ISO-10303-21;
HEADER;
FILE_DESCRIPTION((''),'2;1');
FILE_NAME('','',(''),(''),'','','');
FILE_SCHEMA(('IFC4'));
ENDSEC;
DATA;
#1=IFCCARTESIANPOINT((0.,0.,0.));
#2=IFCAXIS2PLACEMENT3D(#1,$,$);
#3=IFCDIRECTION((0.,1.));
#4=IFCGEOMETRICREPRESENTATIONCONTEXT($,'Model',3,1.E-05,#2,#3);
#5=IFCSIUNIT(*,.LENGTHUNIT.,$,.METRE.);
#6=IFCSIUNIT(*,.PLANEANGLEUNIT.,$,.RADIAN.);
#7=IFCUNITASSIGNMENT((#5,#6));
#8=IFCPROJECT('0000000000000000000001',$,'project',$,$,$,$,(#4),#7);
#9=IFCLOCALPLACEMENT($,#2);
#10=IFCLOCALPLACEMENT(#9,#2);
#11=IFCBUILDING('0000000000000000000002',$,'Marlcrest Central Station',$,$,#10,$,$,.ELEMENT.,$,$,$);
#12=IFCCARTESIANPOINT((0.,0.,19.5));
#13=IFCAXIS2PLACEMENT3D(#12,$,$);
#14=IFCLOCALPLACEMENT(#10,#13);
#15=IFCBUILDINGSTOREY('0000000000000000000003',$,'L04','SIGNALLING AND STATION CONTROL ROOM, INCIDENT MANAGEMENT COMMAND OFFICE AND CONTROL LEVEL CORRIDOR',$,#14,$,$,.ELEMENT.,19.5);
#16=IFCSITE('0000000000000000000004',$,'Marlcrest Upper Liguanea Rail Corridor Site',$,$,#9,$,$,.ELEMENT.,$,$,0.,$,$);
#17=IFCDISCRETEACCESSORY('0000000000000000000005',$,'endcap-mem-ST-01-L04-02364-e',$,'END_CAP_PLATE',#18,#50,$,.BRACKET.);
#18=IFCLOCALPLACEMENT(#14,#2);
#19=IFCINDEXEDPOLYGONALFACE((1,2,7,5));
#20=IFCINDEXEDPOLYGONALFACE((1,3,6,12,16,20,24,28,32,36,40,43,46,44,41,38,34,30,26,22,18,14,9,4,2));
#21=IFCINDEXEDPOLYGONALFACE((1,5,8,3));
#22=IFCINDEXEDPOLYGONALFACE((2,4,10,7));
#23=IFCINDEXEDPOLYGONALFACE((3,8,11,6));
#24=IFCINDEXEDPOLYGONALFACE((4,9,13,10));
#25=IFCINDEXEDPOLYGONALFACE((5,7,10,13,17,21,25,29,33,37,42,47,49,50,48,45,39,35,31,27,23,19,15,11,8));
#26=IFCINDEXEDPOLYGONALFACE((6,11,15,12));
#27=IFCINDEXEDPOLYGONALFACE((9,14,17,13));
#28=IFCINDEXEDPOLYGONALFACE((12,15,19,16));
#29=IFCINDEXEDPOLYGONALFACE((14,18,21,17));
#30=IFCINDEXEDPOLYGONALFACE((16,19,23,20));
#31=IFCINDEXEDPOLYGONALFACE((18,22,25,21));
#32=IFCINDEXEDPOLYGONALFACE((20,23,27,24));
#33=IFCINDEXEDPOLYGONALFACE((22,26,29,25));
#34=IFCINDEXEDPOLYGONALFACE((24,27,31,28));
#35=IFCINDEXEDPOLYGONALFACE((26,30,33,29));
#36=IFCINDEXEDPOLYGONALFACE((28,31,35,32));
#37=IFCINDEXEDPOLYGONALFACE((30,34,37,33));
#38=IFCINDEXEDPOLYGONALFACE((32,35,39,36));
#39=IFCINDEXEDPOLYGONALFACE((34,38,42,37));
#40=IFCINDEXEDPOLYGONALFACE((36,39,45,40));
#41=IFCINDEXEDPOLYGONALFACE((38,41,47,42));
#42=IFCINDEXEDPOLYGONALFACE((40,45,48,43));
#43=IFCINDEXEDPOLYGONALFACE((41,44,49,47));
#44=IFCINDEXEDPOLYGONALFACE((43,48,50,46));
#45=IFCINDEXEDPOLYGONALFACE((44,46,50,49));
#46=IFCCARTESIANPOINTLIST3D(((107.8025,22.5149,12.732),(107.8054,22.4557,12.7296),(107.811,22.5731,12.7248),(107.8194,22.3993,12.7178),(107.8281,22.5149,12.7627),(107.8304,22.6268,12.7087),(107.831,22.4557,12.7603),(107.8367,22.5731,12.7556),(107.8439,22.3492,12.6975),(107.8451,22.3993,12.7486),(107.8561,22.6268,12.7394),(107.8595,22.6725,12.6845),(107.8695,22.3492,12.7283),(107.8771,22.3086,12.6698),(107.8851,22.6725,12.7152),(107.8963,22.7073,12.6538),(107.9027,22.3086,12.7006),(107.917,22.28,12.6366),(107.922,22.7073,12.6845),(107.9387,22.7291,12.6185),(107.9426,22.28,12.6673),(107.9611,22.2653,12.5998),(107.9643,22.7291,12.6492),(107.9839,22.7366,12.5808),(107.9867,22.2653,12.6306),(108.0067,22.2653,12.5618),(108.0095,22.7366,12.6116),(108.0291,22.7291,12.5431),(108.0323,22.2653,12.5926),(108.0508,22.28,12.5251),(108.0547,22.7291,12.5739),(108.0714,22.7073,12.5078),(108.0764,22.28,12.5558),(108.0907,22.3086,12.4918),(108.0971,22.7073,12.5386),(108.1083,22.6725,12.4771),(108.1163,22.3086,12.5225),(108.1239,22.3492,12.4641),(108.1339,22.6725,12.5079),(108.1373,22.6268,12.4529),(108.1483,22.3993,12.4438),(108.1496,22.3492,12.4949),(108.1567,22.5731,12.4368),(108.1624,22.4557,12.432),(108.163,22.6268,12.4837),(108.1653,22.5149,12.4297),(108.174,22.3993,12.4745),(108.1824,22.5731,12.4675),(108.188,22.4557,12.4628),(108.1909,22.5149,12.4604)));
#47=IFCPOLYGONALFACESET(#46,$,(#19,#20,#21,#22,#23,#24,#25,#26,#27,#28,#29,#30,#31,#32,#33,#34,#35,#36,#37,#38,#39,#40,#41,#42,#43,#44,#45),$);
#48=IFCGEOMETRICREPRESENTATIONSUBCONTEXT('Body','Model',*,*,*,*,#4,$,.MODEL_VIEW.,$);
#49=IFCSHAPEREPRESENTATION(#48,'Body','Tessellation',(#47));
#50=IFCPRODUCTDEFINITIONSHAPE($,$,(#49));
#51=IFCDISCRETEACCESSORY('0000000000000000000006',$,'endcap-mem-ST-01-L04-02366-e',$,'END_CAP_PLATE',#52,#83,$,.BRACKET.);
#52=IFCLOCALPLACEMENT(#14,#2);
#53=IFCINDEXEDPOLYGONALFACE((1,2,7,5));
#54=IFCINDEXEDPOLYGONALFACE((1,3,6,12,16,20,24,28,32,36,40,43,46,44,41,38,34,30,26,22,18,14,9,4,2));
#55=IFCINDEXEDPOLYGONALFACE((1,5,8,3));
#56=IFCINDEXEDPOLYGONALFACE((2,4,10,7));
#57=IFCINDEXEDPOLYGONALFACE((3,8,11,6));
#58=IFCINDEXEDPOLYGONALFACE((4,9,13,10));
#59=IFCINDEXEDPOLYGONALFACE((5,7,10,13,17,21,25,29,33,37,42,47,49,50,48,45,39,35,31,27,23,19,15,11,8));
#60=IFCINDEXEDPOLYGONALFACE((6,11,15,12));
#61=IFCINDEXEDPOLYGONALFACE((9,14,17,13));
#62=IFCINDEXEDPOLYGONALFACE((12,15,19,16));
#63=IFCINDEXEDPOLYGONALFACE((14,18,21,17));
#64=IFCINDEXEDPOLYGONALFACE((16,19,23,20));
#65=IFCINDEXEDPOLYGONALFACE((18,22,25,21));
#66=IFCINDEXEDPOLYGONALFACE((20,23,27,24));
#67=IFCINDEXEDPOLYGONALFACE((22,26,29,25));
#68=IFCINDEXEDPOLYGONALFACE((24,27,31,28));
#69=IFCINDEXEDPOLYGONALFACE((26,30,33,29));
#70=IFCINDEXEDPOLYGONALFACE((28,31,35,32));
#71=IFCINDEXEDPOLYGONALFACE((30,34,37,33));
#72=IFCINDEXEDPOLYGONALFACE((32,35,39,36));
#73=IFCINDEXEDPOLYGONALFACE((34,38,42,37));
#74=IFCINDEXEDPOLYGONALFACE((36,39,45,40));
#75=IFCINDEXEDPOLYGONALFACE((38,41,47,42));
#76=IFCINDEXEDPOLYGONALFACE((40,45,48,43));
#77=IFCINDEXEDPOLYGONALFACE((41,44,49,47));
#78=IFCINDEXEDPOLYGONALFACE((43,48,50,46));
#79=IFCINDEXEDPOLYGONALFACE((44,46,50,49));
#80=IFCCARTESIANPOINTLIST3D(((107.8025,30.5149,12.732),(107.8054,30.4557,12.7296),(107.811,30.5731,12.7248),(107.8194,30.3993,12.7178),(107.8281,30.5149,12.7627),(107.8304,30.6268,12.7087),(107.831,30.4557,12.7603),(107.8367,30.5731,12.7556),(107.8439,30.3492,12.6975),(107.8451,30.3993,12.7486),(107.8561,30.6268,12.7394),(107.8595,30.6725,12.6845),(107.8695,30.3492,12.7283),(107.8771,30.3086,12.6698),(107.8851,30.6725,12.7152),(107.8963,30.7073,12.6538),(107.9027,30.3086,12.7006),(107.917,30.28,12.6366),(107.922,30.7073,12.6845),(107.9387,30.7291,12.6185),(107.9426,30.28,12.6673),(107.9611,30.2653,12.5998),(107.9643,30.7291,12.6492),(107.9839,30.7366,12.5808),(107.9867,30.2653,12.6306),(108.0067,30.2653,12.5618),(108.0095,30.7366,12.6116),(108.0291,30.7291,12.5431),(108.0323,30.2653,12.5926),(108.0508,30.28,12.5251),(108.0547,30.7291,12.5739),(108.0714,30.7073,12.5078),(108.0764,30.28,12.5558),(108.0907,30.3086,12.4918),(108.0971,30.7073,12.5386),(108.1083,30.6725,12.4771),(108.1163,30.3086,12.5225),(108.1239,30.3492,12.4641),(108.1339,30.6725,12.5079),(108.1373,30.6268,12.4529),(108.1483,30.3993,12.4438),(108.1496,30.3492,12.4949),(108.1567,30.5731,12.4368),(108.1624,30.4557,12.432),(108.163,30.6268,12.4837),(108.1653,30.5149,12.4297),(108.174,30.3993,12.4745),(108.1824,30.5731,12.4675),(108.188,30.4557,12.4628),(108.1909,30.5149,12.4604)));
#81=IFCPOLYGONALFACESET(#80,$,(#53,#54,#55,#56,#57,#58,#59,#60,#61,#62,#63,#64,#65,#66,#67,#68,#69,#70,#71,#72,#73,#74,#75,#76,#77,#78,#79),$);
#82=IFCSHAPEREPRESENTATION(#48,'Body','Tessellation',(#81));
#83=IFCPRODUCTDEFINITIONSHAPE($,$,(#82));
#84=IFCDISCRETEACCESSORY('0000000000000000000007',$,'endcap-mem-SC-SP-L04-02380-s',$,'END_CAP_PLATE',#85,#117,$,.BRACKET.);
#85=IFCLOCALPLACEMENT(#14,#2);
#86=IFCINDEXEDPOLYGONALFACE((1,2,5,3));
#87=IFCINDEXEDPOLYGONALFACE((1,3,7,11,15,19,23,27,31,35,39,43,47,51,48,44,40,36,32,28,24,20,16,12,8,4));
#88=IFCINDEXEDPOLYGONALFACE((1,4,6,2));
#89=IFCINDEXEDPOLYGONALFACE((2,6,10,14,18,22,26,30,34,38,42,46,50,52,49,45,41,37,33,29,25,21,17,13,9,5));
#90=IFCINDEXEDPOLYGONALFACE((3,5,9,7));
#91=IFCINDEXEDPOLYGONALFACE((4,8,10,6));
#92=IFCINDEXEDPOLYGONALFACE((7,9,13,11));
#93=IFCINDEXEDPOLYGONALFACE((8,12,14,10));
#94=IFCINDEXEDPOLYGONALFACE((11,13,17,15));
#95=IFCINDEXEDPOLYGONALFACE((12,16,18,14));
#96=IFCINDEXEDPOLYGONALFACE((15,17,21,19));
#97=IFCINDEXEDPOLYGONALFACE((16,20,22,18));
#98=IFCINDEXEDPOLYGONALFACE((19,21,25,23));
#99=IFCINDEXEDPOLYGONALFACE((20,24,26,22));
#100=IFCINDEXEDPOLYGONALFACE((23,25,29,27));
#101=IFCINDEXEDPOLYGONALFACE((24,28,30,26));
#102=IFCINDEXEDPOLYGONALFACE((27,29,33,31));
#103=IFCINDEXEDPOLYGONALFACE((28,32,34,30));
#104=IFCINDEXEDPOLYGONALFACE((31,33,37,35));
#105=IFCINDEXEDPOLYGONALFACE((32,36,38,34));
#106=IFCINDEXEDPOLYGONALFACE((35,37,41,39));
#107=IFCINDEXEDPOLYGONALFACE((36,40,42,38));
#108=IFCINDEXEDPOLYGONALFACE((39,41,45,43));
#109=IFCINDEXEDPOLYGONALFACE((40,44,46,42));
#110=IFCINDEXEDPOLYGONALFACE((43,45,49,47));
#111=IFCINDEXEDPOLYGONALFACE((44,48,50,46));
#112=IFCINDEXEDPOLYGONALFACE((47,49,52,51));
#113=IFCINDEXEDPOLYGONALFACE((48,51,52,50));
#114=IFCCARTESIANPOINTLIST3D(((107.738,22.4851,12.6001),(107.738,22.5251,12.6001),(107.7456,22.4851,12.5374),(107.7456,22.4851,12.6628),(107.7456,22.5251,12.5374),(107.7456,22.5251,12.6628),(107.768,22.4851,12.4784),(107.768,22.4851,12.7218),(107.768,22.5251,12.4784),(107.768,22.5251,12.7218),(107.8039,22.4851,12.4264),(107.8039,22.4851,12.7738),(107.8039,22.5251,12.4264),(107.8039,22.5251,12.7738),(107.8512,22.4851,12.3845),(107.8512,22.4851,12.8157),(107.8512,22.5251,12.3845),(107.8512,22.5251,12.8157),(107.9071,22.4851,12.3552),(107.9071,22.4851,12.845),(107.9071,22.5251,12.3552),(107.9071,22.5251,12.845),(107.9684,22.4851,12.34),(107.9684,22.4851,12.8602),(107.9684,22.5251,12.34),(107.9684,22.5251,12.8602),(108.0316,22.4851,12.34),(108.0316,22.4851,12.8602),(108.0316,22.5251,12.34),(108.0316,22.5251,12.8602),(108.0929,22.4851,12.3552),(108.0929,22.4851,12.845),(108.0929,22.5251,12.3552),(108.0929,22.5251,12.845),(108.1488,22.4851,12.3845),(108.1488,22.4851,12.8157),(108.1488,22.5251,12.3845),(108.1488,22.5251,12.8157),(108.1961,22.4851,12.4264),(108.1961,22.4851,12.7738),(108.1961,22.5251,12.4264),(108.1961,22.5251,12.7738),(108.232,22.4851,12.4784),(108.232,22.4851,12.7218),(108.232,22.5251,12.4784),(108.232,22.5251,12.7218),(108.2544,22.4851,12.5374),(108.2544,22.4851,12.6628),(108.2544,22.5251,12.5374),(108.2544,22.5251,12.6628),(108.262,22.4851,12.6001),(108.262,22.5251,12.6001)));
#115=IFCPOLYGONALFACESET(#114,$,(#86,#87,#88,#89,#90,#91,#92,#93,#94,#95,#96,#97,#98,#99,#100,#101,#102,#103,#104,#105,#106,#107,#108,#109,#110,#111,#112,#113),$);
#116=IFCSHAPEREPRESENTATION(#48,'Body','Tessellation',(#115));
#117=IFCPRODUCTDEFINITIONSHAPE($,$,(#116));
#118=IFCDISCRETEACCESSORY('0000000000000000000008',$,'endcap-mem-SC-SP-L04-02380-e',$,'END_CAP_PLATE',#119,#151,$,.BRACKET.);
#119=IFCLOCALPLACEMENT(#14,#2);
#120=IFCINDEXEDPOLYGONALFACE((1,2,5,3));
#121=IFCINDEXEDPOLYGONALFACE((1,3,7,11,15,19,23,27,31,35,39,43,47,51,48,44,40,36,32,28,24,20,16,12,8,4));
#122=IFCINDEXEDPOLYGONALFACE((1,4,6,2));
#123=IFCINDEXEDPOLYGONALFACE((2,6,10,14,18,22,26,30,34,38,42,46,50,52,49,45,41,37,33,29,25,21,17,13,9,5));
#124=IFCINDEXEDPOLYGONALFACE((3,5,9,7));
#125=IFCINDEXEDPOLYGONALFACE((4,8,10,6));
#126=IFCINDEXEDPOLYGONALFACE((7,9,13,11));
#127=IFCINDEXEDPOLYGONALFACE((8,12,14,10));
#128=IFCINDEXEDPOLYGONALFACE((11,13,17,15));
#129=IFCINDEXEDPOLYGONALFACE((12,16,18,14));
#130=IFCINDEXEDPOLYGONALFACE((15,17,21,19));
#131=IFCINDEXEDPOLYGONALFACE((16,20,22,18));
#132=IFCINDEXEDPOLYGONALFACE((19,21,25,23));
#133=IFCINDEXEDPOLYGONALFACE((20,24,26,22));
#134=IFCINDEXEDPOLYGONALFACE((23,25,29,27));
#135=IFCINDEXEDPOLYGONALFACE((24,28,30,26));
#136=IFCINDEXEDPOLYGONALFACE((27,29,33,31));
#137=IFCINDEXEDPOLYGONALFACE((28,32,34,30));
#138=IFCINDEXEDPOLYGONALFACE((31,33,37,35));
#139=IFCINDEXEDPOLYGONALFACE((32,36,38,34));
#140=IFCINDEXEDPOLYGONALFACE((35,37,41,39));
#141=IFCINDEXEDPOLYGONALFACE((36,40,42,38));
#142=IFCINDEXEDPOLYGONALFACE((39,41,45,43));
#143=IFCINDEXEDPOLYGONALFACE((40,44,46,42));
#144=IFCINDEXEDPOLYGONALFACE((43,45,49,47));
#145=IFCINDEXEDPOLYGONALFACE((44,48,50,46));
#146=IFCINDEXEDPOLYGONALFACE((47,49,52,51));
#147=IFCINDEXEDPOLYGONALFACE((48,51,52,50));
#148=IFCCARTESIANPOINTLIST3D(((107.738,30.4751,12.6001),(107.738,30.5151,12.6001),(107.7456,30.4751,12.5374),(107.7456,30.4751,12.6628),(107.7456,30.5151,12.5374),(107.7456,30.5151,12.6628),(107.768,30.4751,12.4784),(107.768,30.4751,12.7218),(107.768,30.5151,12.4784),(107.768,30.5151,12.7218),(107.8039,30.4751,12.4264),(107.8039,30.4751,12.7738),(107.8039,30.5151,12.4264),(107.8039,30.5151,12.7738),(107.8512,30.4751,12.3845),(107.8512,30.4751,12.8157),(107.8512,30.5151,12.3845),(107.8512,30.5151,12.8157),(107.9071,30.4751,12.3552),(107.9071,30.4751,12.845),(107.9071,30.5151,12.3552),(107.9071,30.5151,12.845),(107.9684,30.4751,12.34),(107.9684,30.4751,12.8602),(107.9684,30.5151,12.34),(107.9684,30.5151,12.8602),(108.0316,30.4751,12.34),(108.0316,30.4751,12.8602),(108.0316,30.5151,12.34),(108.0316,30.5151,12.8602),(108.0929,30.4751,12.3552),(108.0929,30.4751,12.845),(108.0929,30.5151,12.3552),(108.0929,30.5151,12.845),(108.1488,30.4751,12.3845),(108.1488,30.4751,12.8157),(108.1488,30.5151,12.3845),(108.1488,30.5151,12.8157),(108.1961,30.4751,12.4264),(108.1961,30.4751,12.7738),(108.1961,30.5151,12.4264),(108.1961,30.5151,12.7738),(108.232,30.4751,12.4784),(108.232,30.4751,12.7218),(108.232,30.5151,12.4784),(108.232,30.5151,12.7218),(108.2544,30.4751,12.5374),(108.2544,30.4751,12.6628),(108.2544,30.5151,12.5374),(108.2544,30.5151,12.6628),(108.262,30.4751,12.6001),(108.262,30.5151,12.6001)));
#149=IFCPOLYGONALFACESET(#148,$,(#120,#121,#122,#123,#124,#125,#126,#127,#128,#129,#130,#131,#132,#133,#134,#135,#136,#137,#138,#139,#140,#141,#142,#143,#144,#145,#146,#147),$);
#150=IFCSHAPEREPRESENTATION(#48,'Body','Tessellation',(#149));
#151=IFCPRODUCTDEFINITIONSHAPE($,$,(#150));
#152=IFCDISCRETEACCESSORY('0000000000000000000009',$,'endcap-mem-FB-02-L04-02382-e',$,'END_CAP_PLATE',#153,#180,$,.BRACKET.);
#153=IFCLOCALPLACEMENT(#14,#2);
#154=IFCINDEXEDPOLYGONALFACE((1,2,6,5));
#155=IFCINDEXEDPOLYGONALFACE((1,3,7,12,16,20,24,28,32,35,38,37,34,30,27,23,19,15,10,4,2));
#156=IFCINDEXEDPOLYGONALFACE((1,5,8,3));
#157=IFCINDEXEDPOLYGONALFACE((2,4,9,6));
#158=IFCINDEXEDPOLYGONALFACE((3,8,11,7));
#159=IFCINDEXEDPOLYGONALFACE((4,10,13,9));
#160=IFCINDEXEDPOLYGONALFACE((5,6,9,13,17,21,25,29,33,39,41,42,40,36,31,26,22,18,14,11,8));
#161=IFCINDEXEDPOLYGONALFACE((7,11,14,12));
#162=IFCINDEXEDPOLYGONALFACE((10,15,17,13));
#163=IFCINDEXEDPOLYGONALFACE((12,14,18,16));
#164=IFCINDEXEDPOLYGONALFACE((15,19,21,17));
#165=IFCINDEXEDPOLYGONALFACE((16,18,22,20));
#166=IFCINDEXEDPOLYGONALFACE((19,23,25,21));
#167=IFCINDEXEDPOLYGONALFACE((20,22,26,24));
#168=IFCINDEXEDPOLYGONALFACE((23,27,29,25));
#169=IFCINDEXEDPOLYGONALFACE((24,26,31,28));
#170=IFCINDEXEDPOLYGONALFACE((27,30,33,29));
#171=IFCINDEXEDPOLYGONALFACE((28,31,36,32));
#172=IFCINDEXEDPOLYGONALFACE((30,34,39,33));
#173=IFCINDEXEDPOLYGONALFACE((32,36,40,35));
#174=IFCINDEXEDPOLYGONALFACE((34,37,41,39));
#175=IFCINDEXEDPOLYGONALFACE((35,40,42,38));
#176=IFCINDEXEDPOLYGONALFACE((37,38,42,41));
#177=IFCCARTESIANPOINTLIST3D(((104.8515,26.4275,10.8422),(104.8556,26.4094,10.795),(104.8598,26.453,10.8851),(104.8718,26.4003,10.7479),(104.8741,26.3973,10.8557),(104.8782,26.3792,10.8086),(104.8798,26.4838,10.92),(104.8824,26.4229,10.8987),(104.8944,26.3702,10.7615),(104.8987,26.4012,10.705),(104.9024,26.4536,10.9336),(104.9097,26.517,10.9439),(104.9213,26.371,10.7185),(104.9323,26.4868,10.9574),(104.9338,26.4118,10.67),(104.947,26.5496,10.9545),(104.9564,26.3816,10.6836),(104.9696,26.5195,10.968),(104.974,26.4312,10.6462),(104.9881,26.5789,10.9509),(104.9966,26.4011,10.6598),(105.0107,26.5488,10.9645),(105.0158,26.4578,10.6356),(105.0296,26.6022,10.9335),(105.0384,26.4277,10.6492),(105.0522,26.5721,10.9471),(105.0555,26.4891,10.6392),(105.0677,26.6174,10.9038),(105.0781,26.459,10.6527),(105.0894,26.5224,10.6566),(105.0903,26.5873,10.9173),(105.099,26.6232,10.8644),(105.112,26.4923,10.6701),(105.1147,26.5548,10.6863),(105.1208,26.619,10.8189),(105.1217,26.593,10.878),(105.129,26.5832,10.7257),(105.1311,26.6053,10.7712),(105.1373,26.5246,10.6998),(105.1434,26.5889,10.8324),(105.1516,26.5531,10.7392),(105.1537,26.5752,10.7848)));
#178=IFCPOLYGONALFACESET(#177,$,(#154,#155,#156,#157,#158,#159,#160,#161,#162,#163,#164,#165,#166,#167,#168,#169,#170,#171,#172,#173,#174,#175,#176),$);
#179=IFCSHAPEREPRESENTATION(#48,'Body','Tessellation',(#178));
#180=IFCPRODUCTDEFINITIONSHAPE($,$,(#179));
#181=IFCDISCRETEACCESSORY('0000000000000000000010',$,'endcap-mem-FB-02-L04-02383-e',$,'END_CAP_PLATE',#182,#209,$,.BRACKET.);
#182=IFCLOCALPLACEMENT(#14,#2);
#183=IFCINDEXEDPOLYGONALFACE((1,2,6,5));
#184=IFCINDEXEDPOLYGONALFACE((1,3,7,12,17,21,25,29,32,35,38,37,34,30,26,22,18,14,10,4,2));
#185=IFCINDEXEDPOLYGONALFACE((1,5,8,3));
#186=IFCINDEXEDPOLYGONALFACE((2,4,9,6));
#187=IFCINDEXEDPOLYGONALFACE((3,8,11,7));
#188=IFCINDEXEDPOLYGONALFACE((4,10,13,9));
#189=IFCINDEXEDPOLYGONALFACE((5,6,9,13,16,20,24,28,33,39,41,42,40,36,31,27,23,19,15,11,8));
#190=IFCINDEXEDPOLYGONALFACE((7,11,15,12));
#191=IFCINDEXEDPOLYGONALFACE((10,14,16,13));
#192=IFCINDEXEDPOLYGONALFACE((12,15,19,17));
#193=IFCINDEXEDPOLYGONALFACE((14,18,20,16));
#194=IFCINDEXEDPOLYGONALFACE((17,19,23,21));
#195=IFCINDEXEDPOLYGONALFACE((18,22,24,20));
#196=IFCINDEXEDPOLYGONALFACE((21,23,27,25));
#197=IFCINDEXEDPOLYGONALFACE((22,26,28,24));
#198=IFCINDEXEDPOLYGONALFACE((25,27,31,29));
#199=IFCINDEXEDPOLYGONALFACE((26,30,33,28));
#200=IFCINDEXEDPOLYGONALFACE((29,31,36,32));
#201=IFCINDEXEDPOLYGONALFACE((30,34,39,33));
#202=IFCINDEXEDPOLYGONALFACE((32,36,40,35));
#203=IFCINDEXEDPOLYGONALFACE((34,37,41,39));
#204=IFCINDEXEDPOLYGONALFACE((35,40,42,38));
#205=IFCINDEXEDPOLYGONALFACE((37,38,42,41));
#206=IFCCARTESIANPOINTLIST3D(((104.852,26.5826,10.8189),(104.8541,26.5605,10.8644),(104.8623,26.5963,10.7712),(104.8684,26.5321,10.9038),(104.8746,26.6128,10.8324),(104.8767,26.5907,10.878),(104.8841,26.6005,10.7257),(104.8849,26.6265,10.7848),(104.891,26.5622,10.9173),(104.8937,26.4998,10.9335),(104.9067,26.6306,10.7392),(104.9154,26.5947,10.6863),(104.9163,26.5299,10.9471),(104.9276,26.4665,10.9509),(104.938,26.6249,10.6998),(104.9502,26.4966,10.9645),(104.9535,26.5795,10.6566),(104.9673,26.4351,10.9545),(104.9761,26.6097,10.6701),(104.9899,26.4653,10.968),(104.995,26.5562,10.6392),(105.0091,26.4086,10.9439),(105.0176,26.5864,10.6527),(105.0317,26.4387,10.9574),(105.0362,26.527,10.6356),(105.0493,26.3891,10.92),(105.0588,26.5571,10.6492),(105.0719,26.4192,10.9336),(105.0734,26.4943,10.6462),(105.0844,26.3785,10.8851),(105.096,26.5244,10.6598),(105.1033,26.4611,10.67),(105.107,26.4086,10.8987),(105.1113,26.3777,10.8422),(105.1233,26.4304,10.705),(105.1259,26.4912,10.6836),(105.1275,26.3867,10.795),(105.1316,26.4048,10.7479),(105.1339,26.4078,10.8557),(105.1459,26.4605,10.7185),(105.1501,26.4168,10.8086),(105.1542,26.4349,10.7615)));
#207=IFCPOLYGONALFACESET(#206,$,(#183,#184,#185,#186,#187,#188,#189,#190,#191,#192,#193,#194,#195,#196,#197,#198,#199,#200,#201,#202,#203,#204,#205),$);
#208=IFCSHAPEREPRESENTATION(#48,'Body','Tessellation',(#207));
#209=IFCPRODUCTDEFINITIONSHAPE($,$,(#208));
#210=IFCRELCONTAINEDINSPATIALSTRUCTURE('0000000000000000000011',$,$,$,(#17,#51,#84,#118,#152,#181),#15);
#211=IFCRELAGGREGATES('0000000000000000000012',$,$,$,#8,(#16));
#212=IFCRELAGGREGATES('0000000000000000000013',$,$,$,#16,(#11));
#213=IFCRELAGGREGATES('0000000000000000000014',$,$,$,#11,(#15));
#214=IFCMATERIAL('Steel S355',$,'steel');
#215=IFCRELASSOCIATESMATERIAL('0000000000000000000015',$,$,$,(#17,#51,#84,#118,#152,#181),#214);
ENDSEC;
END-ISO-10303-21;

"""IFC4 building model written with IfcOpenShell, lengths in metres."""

from ifc_helpers import new_model, si_unit, direction, frame, origin, origin_2d, place, context, subcontext, project, spatial, circle, extrude, material, element, save


model = new_model("IFC4")

# Units and contexts
model_context = context("Model", 3, precision=1e-05, world=origin(), true_north=direction((0.0, 1.0)))
body_context = subcontext(model_context, "Body", "Model", "MODEL_VIEW")
ifc_project = project(units=[si_unit("LENGTHUNIT", "METRE"), si_unit("PLANEANGLEUNIT", "RADIAN")], contexts=[model_context])

# Site, building, storey
site_placement = place(None, origin())
site = spatial("IfcSite", under=ifc_project, at=site_placement, Name="Marlcrest Upper Liguanea Rail Corridor Site", CompositionType="ELEMENT", RefElevation=0.0)
building_placement = place(site_placement, origin())
building = spatial("IfcBuilding", under=site, at=building_placement, Name="Marlcrest Central Station", CompositionType="ELEMENT")
storey_placement = place(building_placement, frame((0.0, 0.0, 19.5)))
storey = spatial("IfcBuildingStorey", under=building, at=storey_placement, Name="L04", Description="SIGNALLING AND STATION CONTROL ROOM, INCIDENT MANAGEMENT COMMAND OFFICE AND CONTROL LEVEL CORRIDOR", CompositionType="ELEMENT", Elevation=19.5)

# Discrete accessories
ifc_material_1 = material(Name="Steel S355", Category="steel")
for number, where, z_axis, x_axis, name in (
    (1, (107.9839, 22.5, 12.5808), (0.640181, 0.0, 0.768224), (0.0, 1.0, 0.0), "endcap-mem-ST-01-L04-02364-e"),
    (2, (107.9839, 30.5, 12.5808), (0.640181, 0.0, 0.768224), (0.0, 1.0, 0.0), "endcap-mem-ST-01-L04-02366-e"),
):
    element("IfcDiscreteAccessory", number, at=place(storey_placement, frame(where, z_axis=z_axis, x_axis=x_axis)), inside=storey, material=ifc_material_1, Name=name, ObjectType="END_CAP_PLATE", PredefinedType="BRACKET", context=body_context, shape_type="SweptSolid", body=[
        extrude(circle(Radius=0.2366, at=origin_2d()), origin(), (0.0, 0.0, 1.0), 0.04),
    ])
for number, where, z_axis, x_axis, name in (
    (3, (108.0, 22.4851, 12.6001), (0.0, 1.0, 0.0), (-1.0, 0.0, 0.0), "endcap-mem-SC-SP-L04-02380-s"),
    (4, (108.0, 30.4751, 12.6001), (0.0, 1.0, 0.0), (-1.0, 0.0, 0.0), "endcap-mem-SC-SP-L04-02380-e"),
):
    element("IfcDiscreteAccessory", number, at=place(storey_placement, frame(where, z_axis=z_axis, x_axis=x_axis)), inside=storey, material=ifc_material_1, Name=name, ObjectType="END_CAP_PLATE", PredefinedType="BRACKET", context=body_context, shape_type="SweptSolid", body=[
        extrude(circle(Radius=0.262, at=origin_2d()), origin(), (0.0, 0.0, 1.0), 0.04),
    ])
for number, where, z_axis, x_axis, name in (
    (5, (105.0142, 26.4812, 10.8086), (-0.564531, 0.752708, -0.338728), (-0.8, -0.6, 0.0), "endcap-mem-FB-02-L04-02382-e"),
    (6, (105.0142, 26.5188, 10.8086), (-0.564531, -0.752708, -0.338728), (0.8, -0.6, 0.0), "endcap-mem-FB-02-L04-02383-e"),
):
    element("IfcDiscreteAccessory", number, at=place(storey_placement, frame(where, z_axis=z_axis, x_axis=x_axis)), inside=storey, material=ifc_material_1, Name=name, ObjectType="END_CAP_PLATE", PredefinedType="BRACKET", context=body_context, shape_type="SweptSolid", body=[
        extrude(circle(Radius=0.1699, at=origin_2d()), origin(), (0.0, 0.0, 1.0), 0.04),
    ])

save(model, "model.ifc")
